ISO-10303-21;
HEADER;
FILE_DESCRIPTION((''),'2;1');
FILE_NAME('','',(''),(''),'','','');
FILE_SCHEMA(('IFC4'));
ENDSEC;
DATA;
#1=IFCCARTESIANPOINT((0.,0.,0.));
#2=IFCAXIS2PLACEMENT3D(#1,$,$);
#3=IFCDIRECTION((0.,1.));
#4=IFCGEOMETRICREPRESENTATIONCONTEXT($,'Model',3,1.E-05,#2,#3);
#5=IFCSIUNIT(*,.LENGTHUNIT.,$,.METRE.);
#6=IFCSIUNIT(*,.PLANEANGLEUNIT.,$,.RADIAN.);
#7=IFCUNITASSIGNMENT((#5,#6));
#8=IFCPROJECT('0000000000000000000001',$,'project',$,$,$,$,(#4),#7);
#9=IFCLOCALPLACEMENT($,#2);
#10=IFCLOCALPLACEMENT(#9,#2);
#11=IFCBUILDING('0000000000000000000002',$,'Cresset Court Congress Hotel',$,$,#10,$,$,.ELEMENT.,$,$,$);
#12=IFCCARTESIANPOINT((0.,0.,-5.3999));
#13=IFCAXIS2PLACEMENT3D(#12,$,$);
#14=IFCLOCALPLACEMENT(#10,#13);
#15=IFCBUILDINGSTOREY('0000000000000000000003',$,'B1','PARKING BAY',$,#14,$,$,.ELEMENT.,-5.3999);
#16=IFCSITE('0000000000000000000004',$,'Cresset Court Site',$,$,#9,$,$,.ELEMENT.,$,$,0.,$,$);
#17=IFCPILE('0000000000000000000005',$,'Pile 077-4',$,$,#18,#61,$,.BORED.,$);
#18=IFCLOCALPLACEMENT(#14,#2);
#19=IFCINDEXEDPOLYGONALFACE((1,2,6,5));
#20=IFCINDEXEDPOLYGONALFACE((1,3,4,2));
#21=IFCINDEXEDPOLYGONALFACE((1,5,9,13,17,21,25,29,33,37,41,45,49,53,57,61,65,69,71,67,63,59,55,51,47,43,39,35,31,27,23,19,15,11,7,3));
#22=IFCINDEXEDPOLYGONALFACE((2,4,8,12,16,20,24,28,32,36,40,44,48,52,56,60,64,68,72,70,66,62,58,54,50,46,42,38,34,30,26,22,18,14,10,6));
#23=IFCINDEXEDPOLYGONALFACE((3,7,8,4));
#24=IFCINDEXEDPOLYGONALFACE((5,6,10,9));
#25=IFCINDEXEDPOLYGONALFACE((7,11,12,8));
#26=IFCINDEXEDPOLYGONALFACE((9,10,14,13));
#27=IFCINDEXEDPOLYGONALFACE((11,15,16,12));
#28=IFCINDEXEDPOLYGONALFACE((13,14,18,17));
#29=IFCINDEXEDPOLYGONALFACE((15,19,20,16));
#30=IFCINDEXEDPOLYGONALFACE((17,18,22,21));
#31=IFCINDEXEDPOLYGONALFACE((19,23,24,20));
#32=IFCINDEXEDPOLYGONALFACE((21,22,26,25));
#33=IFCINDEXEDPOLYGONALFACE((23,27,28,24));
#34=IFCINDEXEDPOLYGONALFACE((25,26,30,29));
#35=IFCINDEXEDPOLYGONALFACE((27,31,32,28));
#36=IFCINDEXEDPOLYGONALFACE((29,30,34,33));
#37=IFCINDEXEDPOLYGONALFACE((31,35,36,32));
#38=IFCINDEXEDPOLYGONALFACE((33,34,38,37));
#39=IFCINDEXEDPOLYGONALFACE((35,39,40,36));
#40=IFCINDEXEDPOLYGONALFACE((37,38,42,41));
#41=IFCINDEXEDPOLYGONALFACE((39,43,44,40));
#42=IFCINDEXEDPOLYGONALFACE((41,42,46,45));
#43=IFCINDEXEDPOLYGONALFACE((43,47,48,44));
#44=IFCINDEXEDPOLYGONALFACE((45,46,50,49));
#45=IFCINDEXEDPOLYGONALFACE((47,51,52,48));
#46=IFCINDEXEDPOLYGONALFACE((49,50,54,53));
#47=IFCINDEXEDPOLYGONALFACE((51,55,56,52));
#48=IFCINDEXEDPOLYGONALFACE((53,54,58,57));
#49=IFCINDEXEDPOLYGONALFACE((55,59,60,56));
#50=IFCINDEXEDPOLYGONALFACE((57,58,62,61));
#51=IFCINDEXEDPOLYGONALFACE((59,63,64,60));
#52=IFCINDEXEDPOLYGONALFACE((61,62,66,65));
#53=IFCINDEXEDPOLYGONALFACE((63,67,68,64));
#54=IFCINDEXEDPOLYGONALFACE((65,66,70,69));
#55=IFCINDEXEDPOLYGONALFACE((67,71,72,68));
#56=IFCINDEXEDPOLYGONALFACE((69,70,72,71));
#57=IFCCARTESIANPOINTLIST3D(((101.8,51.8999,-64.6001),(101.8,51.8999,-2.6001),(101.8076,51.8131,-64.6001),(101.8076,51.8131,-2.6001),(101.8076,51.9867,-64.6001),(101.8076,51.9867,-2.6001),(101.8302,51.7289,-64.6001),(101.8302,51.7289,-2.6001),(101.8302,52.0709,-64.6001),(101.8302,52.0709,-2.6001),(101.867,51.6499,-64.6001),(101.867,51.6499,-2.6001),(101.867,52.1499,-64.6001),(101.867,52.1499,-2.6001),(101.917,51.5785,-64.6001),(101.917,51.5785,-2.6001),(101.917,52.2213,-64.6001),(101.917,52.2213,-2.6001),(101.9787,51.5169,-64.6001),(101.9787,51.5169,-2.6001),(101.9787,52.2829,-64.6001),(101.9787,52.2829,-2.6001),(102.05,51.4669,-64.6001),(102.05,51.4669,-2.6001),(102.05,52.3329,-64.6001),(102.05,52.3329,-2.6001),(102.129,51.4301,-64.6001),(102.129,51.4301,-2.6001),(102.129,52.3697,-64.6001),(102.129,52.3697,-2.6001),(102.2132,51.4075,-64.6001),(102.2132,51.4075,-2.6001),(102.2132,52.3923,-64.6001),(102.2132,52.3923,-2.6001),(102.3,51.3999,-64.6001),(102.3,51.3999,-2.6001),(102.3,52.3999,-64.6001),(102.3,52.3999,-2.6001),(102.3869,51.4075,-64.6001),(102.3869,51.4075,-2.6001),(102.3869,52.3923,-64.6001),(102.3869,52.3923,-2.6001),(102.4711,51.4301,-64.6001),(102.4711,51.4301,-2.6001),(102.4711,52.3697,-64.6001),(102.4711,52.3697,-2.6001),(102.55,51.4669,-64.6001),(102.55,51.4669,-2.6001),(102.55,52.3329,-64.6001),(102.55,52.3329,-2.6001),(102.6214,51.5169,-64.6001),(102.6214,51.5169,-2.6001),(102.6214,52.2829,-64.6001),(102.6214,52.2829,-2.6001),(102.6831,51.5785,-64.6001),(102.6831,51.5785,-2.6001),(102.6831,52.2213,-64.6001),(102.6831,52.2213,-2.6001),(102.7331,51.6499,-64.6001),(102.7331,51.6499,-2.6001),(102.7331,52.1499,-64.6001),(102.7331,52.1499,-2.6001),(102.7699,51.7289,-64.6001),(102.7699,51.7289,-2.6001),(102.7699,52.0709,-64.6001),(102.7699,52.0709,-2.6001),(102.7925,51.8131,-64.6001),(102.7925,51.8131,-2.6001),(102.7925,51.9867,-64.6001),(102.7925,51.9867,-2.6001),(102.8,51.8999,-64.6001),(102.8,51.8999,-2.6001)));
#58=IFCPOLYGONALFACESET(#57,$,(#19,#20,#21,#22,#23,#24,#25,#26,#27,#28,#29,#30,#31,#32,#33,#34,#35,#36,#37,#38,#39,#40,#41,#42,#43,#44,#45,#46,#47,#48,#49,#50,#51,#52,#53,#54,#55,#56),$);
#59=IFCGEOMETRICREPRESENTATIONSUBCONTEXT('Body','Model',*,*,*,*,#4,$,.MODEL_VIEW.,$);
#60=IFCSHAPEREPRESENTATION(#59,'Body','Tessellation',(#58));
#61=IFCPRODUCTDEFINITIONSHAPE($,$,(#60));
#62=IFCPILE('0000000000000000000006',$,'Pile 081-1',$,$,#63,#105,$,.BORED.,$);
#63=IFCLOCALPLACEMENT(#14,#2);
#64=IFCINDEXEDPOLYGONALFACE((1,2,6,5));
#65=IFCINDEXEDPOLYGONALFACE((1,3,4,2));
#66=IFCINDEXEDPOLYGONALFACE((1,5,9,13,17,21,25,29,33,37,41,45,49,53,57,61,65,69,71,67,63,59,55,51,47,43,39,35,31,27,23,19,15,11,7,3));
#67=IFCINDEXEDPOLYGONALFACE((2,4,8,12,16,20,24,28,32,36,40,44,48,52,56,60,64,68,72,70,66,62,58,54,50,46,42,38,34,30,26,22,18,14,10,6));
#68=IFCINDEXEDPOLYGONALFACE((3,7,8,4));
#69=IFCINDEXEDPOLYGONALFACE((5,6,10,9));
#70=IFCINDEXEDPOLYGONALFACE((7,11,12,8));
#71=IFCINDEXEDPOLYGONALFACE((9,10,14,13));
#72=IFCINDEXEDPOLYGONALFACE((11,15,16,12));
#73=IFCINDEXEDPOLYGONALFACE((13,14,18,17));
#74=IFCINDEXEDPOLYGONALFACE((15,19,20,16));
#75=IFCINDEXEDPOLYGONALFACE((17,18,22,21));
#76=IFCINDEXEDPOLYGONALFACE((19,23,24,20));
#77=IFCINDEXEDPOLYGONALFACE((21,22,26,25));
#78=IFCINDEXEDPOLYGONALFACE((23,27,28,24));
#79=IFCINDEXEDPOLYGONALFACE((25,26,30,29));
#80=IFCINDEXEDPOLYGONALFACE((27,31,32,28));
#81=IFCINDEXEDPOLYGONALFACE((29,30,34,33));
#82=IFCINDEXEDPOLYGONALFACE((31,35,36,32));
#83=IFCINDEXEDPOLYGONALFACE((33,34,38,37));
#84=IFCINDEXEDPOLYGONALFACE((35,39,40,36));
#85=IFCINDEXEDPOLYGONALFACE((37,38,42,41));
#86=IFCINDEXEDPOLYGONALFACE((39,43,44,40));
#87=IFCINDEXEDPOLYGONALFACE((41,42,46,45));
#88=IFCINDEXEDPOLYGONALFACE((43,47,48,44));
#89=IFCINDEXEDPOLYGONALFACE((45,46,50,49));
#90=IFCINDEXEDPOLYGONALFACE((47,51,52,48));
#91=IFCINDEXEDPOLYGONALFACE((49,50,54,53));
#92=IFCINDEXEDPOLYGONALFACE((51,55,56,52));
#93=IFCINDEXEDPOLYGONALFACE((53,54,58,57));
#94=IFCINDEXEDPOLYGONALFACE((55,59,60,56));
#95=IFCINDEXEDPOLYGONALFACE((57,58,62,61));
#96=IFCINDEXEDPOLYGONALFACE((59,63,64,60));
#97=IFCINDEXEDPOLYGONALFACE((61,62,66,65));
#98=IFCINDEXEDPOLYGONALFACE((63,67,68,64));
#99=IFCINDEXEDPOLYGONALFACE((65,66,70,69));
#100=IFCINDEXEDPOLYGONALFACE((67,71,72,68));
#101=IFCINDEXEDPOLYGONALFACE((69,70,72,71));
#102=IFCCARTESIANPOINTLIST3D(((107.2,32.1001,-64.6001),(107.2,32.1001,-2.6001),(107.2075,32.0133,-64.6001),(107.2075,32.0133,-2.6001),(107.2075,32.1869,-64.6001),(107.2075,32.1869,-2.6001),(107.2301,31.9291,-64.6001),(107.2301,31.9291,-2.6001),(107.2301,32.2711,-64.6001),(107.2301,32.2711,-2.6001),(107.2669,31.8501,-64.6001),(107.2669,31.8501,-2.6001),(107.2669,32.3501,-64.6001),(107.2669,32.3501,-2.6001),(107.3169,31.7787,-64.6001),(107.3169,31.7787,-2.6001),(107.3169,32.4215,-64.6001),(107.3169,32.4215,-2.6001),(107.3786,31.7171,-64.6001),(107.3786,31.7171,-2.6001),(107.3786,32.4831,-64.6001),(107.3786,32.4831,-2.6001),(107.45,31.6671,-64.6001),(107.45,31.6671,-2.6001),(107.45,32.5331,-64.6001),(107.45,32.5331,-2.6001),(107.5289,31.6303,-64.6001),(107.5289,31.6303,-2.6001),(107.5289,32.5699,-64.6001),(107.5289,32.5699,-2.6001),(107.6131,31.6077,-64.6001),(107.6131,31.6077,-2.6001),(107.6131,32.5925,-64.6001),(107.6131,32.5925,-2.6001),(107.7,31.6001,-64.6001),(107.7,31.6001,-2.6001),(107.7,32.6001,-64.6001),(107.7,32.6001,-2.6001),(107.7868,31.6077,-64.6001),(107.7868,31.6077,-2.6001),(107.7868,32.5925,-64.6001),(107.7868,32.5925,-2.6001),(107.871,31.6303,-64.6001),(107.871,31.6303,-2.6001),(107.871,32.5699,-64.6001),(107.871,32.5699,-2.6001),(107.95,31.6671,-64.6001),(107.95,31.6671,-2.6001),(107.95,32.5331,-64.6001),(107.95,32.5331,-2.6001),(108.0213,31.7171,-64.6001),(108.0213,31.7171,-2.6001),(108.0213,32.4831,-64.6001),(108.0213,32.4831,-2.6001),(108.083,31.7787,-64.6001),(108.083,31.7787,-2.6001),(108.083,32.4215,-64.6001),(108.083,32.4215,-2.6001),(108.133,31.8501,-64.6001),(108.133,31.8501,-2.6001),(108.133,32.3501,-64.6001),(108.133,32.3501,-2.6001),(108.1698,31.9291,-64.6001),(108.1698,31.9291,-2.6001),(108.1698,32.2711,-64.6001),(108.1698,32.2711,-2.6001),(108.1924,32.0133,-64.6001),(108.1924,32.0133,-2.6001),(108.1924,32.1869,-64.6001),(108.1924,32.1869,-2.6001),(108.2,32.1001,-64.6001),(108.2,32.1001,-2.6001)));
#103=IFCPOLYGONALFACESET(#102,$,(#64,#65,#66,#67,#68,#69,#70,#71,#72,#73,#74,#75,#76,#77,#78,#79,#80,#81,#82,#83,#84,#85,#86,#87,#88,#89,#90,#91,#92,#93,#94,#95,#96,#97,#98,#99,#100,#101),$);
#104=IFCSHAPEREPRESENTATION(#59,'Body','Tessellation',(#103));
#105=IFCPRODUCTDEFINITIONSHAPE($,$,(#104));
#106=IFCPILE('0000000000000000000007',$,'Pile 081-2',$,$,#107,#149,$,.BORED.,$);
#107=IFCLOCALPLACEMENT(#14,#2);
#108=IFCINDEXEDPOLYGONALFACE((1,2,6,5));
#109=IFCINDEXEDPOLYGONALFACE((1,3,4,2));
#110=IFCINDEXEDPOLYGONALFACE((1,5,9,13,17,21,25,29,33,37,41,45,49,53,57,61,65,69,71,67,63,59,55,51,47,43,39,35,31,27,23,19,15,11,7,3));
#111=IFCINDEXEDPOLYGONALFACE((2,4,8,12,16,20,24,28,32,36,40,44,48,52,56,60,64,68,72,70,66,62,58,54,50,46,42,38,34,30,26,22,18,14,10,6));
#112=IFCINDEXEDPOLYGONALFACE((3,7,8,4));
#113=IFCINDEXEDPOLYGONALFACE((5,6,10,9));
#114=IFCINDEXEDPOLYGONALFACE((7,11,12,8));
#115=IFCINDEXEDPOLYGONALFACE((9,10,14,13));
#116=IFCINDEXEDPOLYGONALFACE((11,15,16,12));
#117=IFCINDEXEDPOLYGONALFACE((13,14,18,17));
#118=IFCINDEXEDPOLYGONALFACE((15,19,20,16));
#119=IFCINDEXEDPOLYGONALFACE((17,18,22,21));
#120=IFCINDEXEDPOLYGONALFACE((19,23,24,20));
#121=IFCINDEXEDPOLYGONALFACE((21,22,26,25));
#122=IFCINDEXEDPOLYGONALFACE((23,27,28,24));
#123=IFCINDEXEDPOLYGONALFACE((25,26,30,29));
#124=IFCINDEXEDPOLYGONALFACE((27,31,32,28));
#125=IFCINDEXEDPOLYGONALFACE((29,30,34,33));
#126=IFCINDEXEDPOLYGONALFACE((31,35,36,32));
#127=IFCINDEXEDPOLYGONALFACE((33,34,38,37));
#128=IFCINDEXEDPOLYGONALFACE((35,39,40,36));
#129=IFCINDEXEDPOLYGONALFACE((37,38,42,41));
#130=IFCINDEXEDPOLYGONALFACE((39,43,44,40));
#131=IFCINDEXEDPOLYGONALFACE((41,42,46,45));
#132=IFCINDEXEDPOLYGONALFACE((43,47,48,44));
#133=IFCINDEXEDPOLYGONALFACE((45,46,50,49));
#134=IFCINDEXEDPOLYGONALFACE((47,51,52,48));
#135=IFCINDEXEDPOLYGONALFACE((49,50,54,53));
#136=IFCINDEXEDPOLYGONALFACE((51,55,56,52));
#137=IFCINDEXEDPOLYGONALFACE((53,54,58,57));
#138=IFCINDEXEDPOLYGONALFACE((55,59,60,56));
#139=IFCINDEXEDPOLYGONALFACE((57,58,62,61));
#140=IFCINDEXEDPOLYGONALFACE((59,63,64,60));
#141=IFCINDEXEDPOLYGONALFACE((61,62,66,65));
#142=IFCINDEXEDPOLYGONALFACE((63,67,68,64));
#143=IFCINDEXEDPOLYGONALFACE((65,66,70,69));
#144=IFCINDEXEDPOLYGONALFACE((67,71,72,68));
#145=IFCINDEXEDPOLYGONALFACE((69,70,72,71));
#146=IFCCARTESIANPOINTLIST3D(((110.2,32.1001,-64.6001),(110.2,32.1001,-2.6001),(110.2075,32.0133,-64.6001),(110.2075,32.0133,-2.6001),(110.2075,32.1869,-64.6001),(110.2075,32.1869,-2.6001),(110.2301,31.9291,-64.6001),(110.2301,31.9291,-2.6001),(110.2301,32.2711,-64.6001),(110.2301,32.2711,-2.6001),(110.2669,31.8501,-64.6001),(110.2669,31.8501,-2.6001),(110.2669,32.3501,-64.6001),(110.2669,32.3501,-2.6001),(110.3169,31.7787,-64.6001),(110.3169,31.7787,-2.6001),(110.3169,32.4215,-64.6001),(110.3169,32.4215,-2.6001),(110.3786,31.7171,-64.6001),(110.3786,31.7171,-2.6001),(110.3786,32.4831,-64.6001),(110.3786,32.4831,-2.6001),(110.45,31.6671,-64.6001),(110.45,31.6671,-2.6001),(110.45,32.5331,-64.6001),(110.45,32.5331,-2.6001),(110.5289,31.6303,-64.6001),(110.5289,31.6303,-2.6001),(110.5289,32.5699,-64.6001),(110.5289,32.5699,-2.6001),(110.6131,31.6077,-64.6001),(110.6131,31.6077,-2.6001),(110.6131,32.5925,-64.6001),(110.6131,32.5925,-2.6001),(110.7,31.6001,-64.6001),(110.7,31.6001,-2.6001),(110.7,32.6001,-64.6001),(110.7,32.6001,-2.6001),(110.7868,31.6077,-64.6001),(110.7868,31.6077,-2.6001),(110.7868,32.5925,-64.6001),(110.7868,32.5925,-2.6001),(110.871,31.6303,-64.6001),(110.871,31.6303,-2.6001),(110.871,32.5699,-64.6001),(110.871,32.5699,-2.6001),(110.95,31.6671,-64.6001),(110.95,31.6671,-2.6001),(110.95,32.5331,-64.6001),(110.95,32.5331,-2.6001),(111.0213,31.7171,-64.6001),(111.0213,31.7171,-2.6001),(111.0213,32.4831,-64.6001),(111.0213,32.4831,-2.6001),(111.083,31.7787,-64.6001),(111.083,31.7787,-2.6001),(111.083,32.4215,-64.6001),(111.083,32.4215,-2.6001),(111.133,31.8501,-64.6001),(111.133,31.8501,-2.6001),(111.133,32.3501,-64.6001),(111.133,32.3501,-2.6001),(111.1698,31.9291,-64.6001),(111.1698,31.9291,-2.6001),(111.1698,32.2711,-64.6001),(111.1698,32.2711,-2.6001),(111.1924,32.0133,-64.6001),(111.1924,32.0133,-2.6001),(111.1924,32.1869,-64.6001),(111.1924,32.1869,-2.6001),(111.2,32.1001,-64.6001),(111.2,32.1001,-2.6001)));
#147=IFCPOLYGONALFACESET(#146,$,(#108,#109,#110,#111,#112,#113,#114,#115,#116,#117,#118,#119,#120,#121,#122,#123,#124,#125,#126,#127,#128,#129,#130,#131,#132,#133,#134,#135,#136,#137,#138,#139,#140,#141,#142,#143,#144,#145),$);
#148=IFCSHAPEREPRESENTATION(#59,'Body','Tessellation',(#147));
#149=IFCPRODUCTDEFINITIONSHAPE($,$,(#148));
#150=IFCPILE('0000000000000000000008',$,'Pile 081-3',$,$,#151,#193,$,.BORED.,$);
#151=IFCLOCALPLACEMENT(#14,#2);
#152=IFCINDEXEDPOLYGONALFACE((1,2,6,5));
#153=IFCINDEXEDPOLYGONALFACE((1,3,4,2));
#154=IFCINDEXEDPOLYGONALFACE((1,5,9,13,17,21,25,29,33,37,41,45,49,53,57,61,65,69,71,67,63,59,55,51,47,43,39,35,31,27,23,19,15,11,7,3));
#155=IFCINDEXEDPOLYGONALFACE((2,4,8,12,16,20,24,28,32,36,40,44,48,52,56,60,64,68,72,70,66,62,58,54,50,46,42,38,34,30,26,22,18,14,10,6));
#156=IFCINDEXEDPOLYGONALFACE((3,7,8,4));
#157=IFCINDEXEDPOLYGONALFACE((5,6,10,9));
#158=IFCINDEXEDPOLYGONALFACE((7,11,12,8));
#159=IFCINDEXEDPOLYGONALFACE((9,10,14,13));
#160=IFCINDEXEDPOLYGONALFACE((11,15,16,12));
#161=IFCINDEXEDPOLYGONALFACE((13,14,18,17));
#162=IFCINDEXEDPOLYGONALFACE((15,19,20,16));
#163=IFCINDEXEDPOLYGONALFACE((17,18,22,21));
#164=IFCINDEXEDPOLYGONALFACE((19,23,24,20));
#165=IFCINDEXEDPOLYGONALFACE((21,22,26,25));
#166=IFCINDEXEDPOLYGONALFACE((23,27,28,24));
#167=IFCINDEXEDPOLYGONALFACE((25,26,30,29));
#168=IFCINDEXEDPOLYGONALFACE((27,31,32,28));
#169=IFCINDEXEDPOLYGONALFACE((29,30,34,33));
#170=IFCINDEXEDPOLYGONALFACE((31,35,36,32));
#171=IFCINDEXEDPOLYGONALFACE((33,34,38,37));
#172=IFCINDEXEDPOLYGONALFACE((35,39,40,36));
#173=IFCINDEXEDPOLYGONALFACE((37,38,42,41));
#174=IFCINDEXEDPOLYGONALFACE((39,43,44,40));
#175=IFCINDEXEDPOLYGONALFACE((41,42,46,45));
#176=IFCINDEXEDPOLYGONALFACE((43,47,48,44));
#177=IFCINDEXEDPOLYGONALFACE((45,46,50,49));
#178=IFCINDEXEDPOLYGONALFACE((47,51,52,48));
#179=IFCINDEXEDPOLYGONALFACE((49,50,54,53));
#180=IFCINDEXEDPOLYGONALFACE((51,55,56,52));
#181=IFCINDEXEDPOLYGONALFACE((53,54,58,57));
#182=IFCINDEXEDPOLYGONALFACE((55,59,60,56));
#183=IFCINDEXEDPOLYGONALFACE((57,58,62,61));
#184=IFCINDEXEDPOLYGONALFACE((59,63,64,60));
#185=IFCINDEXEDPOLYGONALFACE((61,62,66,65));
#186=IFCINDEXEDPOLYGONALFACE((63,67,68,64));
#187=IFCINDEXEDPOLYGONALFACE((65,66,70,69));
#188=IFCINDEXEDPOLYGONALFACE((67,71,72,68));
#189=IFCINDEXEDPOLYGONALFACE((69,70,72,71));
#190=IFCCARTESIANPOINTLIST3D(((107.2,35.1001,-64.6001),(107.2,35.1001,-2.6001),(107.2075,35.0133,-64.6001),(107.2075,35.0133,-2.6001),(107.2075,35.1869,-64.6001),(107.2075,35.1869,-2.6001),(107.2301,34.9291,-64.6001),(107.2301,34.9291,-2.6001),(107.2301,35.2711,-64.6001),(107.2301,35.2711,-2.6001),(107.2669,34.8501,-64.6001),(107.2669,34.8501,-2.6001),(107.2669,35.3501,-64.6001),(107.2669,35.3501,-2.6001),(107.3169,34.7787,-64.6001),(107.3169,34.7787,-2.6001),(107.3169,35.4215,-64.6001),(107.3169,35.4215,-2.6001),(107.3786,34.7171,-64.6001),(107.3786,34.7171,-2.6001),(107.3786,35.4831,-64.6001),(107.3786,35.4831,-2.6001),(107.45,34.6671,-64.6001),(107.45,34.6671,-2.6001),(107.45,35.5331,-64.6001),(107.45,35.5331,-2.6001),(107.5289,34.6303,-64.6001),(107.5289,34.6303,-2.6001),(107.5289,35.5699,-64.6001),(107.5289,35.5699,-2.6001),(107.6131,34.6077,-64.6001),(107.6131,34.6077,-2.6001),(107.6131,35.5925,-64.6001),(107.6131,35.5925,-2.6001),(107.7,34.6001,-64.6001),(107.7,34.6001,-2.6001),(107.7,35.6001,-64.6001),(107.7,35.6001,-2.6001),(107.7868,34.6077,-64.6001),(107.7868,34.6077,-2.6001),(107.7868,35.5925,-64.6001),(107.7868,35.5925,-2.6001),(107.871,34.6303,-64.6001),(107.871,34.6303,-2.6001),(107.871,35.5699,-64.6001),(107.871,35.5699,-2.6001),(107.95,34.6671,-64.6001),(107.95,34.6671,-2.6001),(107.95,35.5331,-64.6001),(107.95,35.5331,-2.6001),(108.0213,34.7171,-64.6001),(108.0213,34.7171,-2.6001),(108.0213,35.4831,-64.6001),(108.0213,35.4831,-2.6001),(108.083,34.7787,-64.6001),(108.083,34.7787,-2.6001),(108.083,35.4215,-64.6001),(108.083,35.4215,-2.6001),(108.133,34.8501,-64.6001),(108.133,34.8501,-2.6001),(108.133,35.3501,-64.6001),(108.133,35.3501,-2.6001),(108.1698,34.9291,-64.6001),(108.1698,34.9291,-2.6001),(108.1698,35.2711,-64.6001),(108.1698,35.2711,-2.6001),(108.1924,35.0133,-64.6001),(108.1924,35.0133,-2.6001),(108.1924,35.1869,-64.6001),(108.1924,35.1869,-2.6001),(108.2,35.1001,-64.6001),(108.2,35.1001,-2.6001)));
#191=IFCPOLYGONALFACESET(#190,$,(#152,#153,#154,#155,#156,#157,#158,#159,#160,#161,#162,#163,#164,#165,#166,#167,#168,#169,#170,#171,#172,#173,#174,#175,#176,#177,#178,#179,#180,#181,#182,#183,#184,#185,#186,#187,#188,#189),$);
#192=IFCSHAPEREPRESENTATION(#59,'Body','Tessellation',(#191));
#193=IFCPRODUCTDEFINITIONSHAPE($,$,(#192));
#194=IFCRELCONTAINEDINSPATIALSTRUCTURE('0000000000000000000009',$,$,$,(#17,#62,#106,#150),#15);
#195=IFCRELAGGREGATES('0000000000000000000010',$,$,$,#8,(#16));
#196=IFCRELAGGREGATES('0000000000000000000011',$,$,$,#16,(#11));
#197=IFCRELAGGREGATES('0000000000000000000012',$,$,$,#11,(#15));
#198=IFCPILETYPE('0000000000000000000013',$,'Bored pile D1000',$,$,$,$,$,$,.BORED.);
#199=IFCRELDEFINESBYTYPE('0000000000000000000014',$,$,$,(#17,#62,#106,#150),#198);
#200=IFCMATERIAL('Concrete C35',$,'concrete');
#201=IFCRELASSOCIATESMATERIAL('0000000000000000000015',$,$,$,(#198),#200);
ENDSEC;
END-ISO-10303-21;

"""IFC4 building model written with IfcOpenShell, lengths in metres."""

from ifc_helpers import new_model, si_unit, direction, frame, origin, origin_2d, place, context, subcontext, project, spatial, circle, extrude, material, type_object, element, save


model = new_model("IFC4")

# Units and contexts
model_context = context("Model", 3, precision=1e-05, world=origin(), true_north=direction((0.0, 1.0)))
body_context = subcontext(model_context, "Body", "Model", "MODEL_VIEW")
ifc_project = project(units=[si_unit("LENGTHUNIT", "METRE"), si_unit("PLANEANGLEUNIT", "RADIAN")], contexts=[model_context])

# Site, building, storey
site_placement = place(None, origin())
site = spatial("IfcSite", under=ifc_project, at=site_placement, Name="Cresset Court Site", CompositionType="ELEMENT", RefElevation=0.0)
building_placement = place(site_placement, origin())
building = spatial("IfcBuilding", under=site, at=building_placement, Name="Cresset Court Congress Hotel", CompositionType="ELEMENT")
storey_placement = place(building_placement, frame((0.0, 0.0, -5.3999)))
storey = spatial("IfcBuildingStorey", under=building, at=storey_placement, Name="B1", Description="PARKING BAY", CompositionType="ELEMENT", Elevation=-5.3999)

# Piles
ifc_material_1 = material(Name="Concrete C35", Category="concrete")
pile_type = type_object("IfcPileType", Name="Bored pile D1000", PredefinedType="BORED", material=ifc_material_1)
for number, where, z_axis, x_axis, name in (
    (1, (102.3, 51.8999, -2.6001), (0.0, 0.0, -1.0), (1.0, 0.0, 0.0), "Pile 077-4"),
    (2, (107.7, 32.1001, -2.6001), (0.0, 0.0, -1.0), (1.0, 0.0, 0.0), "Pile 081-1"),
    (3, (110.7, 32.1001, -2.6001), (0.0, 0.0, -1.0), (1.0, 0.0, 0.0), "Pile 081-2"),
    (4, (107.7, 35.1001, -2.6001), (0.0, 0.0, -1.0), (1.0, 0.0, 0.0), "Pile 081-3"),
):
    element("IfcPile", number, at=place(storey_placement, frame(where, z_axis=z_axis, x_axis=x_axis)), inside=storey, type_object=pile_type, Name=name, PredefinedType="BORED", context=body_context, shape_type="SweptSolid", body=[
        extrude(circle(Radius=0.5, at=origin_2d()), origin(), (0.0, 0.0, 1.0), 62.0),
    ])

save(model, "model.ifc")
